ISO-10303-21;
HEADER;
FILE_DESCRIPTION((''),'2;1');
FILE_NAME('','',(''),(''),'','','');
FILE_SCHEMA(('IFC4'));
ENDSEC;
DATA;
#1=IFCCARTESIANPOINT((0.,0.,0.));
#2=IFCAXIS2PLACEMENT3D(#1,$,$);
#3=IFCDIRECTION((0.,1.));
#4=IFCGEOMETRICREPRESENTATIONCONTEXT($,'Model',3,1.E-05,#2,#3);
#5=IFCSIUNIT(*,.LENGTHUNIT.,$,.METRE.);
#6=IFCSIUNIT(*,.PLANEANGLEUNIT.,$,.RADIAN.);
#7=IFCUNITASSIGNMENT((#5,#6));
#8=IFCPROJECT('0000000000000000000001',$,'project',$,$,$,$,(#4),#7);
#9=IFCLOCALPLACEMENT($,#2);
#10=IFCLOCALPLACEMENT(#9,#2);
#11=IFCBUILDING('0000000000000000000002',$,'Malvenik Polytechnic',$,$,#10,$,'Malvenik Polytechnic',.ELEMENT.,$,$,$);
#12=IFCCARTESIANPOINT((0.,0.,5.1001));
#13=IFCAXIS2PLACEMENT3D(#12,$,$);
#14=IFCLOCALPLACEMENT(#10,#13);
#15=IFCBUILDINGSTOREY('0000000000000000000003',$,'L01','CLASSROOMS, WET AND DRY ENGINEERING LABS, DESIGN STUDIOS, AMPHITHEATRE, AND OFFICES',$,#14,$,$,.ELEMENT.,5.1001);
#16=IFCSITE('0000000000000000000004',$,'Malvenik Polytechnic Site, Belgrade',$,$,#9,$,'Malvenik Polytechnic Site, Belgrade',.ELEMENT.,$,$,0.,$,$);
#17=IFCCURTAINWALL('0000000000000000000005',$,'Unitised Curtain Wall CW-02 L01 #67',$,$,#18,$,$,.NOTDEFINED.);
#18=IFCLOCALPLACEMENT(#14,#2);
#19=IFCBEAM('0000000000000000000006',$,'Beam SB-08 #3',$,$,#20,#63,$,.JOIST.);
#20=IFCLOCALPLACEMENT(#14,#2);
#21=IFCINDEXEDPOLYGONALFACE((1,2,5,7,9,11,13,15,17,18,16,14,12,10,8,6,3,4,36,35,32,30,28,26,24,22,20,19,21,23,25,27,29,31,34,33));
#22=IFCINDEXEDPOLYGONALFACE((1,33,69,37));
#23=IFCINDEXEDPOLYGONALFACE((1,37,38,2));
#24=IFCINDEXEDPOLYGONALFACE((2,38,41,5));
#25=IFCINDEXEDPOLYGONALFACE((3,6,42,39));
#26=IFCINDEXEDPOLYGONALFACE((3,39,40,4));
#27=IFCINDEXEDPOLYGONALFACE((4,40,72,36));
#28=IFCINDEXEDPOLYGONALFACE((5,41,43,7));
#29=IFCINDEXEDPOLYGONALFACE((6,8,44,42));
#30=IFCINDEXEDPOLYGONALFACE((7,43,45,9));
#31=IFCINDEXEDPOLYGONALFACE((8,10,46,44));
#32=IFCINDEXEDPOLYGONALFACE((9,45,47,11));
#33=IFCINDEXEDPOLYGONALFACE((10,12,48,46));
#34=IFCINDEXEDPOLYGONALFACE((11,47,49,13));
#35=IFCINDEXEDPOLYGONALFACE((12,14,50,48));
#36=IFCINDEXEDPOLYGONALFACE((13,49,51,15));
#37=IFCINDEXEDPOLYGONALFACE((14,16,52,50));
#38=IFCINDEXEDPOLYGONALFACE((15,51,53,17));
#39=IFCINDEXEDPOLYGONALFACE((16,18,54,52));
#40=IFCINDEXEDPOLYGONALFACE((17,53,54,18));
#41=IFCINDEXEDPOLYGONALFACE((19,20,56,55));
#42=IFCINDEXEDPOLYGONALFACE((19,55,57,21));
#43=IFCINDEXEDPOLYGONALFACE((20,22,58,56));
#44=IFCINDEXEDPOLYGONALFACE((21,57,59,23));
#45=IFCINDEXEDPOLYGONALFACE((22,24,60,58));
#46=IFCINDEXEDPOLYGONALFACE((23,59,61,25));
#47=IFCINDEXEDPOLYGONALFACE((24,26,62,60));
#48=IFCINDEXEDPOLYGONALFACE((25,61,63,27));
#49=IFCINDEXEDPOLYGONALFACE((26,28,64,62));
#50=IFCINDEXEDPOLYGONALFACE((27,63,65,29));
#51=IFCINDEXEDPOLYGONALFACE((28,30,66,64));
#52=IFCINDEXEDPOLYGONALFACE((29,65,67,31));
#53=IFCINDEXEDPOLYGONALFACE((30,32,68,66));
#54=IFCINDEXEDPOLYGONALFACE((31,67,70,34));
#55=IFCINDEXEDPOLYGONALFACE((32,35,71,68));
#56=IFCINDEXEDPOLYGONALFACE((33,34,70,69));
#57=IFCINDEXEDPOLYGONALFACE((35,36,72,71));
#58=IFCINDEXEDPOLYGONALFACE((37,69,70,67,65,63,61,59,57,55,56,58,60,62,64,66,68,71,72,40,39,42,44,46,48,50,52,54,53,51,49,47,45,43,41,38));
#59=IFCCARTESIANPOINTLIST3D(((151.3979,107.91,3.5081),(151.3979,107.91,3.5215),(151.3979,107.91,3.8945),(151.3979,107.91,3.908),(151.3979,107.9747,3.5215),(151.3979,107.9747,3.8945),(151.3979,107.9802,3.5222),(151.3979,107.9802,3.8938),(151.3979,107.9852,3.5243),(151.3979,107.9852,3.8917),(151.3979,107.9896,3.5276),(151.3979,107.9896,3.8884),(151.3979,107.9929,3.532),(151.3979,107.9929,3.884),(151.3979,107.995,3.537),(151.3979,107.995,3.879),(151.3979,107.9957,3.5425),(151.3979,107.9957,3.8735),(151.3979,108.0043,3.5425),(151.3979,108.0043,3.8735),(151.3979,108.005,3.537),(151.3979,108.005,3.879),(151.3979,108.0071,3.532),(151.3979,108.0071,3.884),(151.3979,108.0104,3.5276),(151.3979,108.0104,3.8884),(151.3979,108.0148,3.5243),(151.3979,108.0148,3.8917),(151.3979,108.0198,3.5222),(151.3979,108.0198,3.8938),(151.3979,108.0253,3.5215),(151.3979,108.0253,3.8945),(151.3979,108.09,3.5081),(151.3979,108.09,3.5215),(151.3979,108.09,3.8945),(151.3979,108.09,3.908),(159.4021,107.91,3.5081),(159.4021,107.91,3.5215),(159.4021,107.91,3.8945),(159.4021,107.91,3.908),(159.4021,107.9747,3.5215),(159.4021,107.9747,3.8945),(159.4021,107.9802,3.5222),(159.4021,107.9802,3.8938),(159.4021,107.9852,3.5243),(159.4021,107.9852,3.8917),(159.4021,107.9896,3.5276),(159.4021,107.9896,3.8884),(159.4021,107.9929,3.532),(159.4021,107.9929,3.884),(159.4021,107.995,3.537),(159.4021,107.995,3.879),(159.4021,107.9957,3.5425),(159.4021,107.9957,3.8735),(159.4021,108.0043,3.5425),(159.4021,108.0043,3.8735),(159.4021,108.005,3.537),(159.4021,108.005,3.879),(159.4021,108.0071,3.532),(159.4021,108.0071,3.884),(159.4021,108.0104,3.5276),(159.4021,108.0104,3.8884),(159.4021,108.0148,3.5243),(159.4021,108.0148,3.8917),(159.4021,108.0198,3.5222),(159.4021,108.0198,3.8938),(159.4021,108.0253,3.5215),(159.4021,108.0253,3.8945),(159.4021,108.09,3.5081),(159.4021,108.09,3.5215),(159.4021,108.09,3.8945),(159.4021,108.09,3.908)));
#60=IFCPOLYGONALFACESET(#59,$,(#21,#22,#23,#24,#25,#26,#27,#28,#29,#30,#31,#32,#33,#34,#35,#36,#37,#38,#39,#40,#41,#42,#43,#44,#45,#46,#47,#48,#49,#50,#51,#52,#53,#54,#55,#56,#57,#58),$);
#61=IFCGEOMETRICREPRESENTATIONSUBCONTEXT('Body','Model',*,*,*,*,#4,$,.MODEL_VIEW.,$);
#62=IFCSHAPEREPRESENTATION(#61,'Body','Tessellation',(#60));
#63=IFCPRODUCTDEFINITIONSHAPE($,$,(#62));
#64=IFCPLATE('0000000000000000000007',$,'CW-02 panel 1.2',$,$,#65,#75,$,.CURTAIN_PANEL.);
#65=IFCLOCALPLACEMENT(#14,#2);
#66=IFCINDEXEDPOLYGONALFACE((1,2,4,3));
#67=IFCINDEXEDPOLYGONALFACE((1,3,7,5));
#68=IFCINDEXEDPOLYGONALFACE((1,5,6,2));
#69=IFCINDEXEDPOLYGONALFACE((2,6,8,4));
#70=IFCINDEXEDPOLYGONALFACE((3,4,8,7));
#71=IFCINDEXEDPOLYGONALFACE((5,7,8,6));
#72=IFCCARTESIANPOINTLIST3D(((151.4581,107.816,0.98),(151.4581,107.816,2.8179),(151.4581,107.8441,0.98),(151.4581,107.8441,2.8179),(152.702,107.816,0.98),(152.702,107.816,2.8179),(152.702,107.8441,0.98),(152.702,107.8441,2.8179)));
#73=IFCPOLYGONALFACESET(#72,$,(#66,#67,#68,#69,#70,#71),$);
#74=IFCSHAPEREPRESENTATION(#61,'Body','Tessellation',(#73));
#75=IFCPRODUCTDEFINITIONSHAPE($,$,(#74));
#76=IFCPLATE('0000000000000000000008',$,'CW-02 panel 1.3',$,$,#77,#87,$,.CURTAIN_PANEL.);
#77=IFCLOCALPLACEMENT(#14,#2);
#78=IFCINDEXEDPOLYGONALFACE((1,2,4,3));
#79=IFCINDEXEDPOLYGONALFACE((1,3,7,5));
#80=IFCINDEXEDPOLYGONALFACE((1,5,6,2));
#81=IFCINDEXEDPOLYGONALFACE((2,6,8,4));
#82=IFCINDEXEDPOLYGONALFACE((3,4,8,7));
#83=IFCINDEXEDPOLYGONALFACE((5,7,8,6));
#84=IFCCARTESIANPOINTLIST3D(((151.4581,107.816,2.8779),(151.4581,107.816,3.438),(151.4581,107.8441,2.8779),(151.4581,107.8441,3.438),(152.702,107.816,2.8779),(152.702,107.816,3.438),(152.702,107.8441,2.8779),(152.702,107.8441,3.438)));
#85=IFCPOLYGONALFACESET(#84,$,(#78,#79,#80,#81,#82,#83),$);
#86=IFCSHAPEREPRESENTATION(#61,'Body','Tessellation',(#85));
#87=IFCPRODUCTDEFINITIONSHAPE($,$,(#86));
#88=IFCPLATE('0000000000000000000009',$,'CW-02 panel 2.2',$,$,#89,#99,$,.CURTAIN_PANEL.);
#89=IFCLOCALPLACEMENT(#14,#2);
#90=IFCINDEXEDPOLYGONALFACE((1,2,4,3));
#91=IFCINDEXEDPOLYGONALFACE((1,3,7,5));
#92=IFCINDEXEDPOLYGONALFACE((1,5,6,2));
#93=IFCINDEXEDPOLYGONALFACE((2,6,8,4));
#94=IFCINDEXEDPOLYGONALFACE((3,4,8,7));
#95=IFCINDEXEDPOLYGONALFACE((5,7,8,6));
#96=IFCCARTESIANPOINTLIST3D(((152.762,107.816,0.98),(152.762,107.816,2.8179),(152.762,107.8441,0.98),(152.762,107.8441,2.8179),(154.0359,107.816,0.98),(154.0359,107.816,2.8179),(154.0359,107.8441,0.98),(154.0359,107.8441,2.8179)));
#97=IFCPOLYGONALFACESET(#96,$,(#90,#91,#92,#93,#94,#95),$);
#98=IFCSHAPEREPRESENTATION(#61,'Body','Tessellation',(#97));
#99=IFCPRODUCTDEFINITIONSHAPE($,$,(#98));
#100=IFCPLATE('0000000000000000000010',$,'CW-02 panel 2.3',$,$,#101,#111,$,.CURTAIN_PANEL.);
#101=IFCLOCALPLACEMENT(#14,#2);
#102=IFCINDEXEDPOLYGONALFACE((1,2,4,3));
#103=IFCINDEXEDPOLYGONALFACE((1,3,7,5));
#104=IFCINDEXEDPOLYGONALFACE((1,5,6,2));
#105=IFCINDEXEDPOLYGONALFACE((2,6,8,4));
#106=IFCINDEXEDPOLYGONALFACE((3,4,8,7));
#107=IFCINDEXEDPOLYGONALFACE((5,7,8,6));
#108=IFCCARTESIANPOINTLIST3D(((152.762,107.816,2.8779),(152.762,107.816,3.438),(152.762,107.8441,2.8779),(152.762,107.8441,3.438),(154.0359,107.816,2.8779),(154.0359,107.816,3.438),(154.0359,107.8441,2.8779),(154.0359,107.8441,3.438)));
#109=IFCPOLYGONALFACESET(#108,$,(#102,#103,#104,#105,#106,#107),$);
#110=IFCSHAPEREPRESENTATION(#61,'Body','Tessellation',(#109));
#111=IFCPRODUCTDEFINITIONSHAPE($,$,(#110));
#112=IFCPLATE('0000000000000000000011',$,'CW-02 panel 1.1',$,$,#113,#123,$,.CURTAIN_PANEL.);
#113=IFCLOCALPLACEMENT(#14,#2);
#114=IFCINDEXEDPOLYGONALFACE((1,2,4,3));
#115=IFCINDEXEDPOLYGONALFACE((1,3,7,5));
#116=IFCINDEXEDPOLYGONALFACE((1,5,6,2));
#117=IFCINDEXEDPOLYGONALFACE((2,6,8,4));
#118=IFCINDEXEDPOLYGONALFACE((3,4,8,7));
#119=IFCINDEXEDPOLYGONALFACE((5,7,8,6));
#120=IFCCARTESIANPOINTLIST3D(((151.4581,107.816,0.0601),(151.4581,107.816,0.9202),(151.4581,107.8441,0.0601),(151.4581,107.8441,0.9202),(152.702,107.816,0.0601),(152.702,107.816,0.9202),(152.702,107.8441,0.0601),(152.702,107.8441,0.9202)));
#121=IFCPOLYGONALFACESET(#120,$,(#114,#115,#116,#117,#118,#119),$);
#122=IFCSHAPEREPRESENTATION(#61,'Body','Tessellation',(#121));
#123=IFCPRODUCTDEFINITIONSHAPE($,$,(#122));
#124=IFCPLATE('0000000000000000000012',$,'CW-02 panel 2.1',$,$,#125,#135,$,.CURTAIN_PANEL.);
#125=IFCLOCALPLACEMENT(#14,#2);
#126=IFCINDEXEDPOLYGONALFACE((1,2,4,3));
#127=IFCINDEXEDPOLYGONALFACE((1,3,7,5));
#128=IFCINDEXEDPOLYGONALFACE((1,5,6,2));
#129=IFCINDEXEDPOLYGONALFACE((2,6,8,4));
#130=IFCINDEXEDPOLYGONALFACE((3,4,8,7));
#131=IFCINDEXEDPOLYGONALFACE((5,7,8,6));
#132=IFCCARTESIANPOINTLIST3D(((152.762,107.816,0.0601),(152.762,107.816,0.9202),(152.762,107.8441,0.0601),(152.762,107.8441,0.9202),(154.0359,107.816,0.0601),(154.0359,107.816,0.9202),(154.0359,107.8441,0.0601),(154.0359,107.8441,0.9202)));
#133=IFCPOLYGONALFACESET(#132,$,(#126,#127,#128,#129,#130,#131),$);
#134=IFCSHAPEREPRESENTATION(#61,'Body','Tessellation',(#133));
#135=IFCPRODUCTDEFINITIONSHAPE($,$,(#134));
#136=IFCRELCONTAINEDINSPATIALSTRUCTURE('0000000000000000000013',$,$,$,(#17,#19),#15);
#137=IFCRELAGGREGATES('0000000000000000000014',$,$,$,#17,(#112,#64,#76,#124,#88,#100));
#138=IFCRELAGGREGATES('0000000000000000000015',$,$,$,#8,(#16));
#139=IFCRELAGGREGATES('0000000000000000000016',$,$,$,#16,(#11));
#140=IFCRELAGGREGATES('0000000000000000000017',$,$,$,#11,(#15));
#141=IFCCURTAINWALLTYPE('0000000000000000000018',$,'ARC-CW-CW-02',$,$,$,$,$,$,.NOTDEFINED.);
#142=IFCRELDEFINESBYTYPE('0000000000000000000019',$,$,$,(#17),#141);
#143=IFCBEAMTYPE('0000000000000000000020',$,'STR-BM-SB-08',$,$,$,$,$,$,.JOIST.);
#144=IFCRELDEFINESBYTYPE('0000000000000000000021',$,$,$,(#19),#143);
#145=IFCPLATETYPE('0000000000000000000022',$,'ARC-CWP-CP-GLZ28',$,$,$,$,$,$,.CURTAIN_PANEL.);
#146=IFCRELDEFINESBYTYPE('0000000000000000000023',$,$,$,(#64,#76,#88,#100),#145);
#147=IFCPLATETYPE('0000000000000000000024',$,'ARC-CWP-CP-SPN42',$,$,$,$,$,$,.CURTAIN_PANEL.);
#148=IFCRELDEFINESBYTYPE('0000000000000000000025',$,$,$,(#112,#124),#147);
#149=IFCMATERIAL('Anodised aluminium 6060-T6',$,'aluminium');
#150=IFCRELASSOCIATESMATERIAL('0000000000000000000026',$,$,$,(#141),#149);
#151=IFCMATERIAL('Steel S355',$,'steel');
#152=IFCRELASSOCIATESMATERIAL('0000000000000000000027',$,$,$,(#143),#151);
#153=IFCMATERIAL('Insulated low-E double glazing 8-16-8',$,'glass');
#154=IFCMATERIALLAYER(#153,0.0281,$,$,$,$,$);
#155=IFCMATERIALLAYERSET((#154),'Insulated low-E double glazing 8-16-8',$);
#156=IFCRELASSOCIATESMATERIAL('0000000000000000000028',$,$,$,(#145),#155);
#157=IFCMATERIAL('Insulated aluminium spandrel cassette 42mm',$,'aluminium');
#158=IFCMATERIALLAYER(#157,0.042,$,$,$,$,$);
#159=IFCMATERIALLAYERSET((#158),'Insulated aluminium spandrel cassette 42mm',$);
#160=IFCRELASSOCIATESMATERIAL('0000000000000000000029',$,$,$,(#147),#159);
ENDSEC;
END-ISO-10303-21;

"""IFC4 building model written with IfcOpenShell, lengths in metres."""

from ifc_helpers import new_model, si_unit, direction, frame, origin, origin_2d, place, context, subcontext, project, spatial, rectangle, i_section, extrude, material, layer, layer_set, material_profile, profile_set, type_object, element, aggregate, save


model = new_model("IFC4")

# Units and contexts
model_context = context("Model", 3, precision=1e-05, world=origin(), true_north=direction((0.0, 1.0)))
body_context = subcontext(model_context, "Body", "Model", "MODEL_VIEW")
ifc_project = project(units=[si_unit("LENGTHUNIT", "METRE"), si_unit("PLANEANGLEUNIT", "RADIAN")], contexts=[model_context])

# Site, building, storey
site_placement = place(None, origin())
site = spatial("IfcSite", under=ifc_project, at=site_placement, Name="Malvenik Polytechnic Site, Belgrade", LongName="Malvenik Polytechnic Site, Belgrade", CompositionType="ELEMENT", RefElevation=0.0)
building_placement = place(site_placement, origin())
building = spatial("IfcBuilding", under=site, at=building_placement, Name="Malvenik Polytechnic", LongName="Malvenik Polytechnic", CompositionType="ELEMENT")
storey_placement = place(building_placement, frame((0.0, 0.0, 5.1001)))
storey = spatial("IfcBuildingStorey", under=building, at=storey_placement, Name="L01", Description="CLASSROOMS, WET AND DRY ENGINEERING LABS, DESIGN STUDIOS, AMPHITHEATRE, AND OFFICES", CompositionType="ELEMENT", Elevation=5.1001)

# Curtain wall
ifc_material_1 = material(Name="Anodised aluminium 6060-T6", Category="aluminium")
curtain_wall_type = type_object("IfcCurtainWallType", Name="ARC-CW-CW-02", PredefinedType="NOTDEFINED", material=ifc_material_1)
curtain_wall_placement = place(storey_placement, origin())
curtain_wall = element("IfcCurtainWall", 1, at=curtain_wall_placement, inside=storey, type_object=curtain_wall_type, Name="Unitised Curtain Wall CW-02 L01 #67", PredefinedType="NOTDEFINED")

# Beam
ifc_material_2 = material(Name="Steel S355", Category="steel")
ifc_material_profile_1 = material_profile(ifc_material_2, i_section(OverallWidth=0.1799, OverallDepth=0.3999, WebThickness=0.0085, FlangeThickness=0.0134, FilletRadius=0.021, at=origin_2d()), Name="IPE 400")
ifc_profile_set_1 = profile_set([ifc_material_profile_1], Name="Steel S355")
beam_type = type_object("IfcBeamType", Name="STR-BM-SB-08", PredefinedType="JOIST", material=ifc_profile_set_1)
beam_placement = place(storey_placement, frame((151.3979, 108.0, 3.708), z_axis=(1.0, 0.0, 0.0), x_axis=(0.0, 1.0, 0.0)))
element("IfcBeam", 2, at=beam_placement, inside=storey, type_object=beam_type, Name="Beam SB-08 #3", PredefinedType="JOIST", context=body_context, shape_type="SweptSolid", body=[
    extrude(i_section(OverallWidth=0.1799, OverallDepth=0.3999, WebThickness=0.0085, FlangeThickness=0.0134, FilletRadius=0.021, at=origin_2d()), origin(), (0.0, 0.0, 1.0), 8.0042),
])

# Plates
ifc_material_3 = material(Name="Insulated low-E double glazing 8-16-8", Category="glass")
ifc_layer_1 = layer(ifc_material_3, 0.0281)
ifc_layer_set_1 = layer_set([ifc_layer_1], Name="Insulated low-E double glazing 8-16-8")
plate_type_1 = type_object("IfcPlateType", Name="ARC-CWP-CP-GLZ28", PredefinedType="CURTAIN_PANEL", material=ifc_layer_set_1)
plate_1_placement = place(storey_placement, frame((152.0801, 107.8301, 0.98), z_axis=(0.0, 0.0, 1.0), x_axis=(1.0, 0.0, 0.0)))
plate_1 = element("IfcPlate", 3, at=plate_1_placement, type_object=plate_type_1, Name="CW-02 panel 1.2", PredefinedType="CURTAIN_PANEL", context=body_context, shape_type="SweptSolid", body=[
    extrude(rectangle(XDim=1.2439, YDim=0.0281, at=origin_2d()), origin(), (0.0, 0.0, 1.0), 1.8379),
])
plate_2_placement = place(storey_placement, frame((152.0801, 107.8301, 2.8779), z_axis=(0.0, 0.0, 1.0), x_axis=(1.0, 0.0, 0.0)))
plate_2 = element("IfcPlate", 4, at=plate_2_placement, type_object=plate_type_1, Name="CW-02 panel 1.3", PredefinedType="CURTAIN_PANEL", context=body_context, shape_type="SweptSolid", body=[
    extrude(rectangle(XDim=1.2439, YDim=0.0281, at=origin_2d()), origin(), (0.0, 0.0, 1.0), 0.5601),
])
plate_3_placement = place(storey_placement, frame((153.3989, 107.8301, 0.98), z_axis=(0.0, 0.0, 1.0), x_axis=(1.0, 0.0, 0.0)))
plate_3 = element("IfcPlate", 5, at=plate_3_placement, type_object=plate_type_1, Name="CW-02 panel 2.2", PredefinedType="CURTAIN_PANEL", context=body_context, shape_type="SweptSolid", body=[
    extrude(rectangle(XDim=1.2739, YDim=0.0281, at=origin_2d()), origin(), (0.0, 0.0, 1.0), 1.8379),
])
plate_4_placement = place(storey_placement, frame((153.3989, 107.8301, 2.8779), z_axis=(0.0, 0.0, 1.0), x_axis=(1.0, 0.0, 0.0)))
plate_4 = element("IfcPlate", 6, at=plate_4_placement, type_object=plate_type_1, Name="CW-02 panel 2.3", PredefinedType="CURTAIN_PANEL", context=body_context, shape_type="SweptSolid", body=[
    extrude(rectangle(XDim=1.2739, YDim=0.0281, at=origin_2d()), origin(), (0.0, 0.0, 1.0), 0.5601),
])
ifc_material_4 = material(Name="Insulated aluminium spandrel cassette 42mm", Category="aluminium")
ifc_layer_2 = layer(ifc_material_4, 0.042)
ifc_layer_set_2 = layer_set([ifc_layer_2], Name="Insulated aluminium spandrel cassette 42mm")
plate_type_2 = type_object("IfcPlateType", Name="ARC-CWP-CP-SPN42", PredefinedType="CURTAIN_PANEL", material=ifc_layer_set_2)
plate_5_placement = place(storey_placement, frame((152.0801, 107.8301, 0.0601), z_axis=(0.0, 0.0, 1.0), x_axis=(1.0, 0.0, 0.0)))
plate_5 = element("IfcPlate", 7, at=plate_5_placement, type_object=plate_type_2, Name="CW-02 panel 1.1", PredefinedType="CURTAIN_PANEL", context=body_context, shape_type="SweptSolid", body=[
    extrude(rectangle(XDim=1.2439, YDim=0.0281, at=origin_2d()), origin(), (0.0, 0.0, 1.0), 0.8601),
])
plate_6_placement = place(storey_placement, frame((153.3989, 107.8301, 0.0601), z_axis=(0.0, 0.0, 1.0), x_axis=(1.0, 0.0, 0.0)))
plate_6 = element("IfcPlate", 8, at=plate_6_placement, type_object=plate_type_2, Name="CW-02 panel 2.1", PredefinedType="CURTAIN_PANEL", context=body_context, shape_type="SweptSolid", body=[
    extrude(rectangle(XDim=1.2739, YDim=0.0281, at=origin_2d()), origin(), (0.0, 0.0, 1.0), 0.8601),
])
aggregate(curtain_wall, [plate_5, plate_1, plate_2, plate_6, plate_3, plate_4])

save(model, "model.ifc")
